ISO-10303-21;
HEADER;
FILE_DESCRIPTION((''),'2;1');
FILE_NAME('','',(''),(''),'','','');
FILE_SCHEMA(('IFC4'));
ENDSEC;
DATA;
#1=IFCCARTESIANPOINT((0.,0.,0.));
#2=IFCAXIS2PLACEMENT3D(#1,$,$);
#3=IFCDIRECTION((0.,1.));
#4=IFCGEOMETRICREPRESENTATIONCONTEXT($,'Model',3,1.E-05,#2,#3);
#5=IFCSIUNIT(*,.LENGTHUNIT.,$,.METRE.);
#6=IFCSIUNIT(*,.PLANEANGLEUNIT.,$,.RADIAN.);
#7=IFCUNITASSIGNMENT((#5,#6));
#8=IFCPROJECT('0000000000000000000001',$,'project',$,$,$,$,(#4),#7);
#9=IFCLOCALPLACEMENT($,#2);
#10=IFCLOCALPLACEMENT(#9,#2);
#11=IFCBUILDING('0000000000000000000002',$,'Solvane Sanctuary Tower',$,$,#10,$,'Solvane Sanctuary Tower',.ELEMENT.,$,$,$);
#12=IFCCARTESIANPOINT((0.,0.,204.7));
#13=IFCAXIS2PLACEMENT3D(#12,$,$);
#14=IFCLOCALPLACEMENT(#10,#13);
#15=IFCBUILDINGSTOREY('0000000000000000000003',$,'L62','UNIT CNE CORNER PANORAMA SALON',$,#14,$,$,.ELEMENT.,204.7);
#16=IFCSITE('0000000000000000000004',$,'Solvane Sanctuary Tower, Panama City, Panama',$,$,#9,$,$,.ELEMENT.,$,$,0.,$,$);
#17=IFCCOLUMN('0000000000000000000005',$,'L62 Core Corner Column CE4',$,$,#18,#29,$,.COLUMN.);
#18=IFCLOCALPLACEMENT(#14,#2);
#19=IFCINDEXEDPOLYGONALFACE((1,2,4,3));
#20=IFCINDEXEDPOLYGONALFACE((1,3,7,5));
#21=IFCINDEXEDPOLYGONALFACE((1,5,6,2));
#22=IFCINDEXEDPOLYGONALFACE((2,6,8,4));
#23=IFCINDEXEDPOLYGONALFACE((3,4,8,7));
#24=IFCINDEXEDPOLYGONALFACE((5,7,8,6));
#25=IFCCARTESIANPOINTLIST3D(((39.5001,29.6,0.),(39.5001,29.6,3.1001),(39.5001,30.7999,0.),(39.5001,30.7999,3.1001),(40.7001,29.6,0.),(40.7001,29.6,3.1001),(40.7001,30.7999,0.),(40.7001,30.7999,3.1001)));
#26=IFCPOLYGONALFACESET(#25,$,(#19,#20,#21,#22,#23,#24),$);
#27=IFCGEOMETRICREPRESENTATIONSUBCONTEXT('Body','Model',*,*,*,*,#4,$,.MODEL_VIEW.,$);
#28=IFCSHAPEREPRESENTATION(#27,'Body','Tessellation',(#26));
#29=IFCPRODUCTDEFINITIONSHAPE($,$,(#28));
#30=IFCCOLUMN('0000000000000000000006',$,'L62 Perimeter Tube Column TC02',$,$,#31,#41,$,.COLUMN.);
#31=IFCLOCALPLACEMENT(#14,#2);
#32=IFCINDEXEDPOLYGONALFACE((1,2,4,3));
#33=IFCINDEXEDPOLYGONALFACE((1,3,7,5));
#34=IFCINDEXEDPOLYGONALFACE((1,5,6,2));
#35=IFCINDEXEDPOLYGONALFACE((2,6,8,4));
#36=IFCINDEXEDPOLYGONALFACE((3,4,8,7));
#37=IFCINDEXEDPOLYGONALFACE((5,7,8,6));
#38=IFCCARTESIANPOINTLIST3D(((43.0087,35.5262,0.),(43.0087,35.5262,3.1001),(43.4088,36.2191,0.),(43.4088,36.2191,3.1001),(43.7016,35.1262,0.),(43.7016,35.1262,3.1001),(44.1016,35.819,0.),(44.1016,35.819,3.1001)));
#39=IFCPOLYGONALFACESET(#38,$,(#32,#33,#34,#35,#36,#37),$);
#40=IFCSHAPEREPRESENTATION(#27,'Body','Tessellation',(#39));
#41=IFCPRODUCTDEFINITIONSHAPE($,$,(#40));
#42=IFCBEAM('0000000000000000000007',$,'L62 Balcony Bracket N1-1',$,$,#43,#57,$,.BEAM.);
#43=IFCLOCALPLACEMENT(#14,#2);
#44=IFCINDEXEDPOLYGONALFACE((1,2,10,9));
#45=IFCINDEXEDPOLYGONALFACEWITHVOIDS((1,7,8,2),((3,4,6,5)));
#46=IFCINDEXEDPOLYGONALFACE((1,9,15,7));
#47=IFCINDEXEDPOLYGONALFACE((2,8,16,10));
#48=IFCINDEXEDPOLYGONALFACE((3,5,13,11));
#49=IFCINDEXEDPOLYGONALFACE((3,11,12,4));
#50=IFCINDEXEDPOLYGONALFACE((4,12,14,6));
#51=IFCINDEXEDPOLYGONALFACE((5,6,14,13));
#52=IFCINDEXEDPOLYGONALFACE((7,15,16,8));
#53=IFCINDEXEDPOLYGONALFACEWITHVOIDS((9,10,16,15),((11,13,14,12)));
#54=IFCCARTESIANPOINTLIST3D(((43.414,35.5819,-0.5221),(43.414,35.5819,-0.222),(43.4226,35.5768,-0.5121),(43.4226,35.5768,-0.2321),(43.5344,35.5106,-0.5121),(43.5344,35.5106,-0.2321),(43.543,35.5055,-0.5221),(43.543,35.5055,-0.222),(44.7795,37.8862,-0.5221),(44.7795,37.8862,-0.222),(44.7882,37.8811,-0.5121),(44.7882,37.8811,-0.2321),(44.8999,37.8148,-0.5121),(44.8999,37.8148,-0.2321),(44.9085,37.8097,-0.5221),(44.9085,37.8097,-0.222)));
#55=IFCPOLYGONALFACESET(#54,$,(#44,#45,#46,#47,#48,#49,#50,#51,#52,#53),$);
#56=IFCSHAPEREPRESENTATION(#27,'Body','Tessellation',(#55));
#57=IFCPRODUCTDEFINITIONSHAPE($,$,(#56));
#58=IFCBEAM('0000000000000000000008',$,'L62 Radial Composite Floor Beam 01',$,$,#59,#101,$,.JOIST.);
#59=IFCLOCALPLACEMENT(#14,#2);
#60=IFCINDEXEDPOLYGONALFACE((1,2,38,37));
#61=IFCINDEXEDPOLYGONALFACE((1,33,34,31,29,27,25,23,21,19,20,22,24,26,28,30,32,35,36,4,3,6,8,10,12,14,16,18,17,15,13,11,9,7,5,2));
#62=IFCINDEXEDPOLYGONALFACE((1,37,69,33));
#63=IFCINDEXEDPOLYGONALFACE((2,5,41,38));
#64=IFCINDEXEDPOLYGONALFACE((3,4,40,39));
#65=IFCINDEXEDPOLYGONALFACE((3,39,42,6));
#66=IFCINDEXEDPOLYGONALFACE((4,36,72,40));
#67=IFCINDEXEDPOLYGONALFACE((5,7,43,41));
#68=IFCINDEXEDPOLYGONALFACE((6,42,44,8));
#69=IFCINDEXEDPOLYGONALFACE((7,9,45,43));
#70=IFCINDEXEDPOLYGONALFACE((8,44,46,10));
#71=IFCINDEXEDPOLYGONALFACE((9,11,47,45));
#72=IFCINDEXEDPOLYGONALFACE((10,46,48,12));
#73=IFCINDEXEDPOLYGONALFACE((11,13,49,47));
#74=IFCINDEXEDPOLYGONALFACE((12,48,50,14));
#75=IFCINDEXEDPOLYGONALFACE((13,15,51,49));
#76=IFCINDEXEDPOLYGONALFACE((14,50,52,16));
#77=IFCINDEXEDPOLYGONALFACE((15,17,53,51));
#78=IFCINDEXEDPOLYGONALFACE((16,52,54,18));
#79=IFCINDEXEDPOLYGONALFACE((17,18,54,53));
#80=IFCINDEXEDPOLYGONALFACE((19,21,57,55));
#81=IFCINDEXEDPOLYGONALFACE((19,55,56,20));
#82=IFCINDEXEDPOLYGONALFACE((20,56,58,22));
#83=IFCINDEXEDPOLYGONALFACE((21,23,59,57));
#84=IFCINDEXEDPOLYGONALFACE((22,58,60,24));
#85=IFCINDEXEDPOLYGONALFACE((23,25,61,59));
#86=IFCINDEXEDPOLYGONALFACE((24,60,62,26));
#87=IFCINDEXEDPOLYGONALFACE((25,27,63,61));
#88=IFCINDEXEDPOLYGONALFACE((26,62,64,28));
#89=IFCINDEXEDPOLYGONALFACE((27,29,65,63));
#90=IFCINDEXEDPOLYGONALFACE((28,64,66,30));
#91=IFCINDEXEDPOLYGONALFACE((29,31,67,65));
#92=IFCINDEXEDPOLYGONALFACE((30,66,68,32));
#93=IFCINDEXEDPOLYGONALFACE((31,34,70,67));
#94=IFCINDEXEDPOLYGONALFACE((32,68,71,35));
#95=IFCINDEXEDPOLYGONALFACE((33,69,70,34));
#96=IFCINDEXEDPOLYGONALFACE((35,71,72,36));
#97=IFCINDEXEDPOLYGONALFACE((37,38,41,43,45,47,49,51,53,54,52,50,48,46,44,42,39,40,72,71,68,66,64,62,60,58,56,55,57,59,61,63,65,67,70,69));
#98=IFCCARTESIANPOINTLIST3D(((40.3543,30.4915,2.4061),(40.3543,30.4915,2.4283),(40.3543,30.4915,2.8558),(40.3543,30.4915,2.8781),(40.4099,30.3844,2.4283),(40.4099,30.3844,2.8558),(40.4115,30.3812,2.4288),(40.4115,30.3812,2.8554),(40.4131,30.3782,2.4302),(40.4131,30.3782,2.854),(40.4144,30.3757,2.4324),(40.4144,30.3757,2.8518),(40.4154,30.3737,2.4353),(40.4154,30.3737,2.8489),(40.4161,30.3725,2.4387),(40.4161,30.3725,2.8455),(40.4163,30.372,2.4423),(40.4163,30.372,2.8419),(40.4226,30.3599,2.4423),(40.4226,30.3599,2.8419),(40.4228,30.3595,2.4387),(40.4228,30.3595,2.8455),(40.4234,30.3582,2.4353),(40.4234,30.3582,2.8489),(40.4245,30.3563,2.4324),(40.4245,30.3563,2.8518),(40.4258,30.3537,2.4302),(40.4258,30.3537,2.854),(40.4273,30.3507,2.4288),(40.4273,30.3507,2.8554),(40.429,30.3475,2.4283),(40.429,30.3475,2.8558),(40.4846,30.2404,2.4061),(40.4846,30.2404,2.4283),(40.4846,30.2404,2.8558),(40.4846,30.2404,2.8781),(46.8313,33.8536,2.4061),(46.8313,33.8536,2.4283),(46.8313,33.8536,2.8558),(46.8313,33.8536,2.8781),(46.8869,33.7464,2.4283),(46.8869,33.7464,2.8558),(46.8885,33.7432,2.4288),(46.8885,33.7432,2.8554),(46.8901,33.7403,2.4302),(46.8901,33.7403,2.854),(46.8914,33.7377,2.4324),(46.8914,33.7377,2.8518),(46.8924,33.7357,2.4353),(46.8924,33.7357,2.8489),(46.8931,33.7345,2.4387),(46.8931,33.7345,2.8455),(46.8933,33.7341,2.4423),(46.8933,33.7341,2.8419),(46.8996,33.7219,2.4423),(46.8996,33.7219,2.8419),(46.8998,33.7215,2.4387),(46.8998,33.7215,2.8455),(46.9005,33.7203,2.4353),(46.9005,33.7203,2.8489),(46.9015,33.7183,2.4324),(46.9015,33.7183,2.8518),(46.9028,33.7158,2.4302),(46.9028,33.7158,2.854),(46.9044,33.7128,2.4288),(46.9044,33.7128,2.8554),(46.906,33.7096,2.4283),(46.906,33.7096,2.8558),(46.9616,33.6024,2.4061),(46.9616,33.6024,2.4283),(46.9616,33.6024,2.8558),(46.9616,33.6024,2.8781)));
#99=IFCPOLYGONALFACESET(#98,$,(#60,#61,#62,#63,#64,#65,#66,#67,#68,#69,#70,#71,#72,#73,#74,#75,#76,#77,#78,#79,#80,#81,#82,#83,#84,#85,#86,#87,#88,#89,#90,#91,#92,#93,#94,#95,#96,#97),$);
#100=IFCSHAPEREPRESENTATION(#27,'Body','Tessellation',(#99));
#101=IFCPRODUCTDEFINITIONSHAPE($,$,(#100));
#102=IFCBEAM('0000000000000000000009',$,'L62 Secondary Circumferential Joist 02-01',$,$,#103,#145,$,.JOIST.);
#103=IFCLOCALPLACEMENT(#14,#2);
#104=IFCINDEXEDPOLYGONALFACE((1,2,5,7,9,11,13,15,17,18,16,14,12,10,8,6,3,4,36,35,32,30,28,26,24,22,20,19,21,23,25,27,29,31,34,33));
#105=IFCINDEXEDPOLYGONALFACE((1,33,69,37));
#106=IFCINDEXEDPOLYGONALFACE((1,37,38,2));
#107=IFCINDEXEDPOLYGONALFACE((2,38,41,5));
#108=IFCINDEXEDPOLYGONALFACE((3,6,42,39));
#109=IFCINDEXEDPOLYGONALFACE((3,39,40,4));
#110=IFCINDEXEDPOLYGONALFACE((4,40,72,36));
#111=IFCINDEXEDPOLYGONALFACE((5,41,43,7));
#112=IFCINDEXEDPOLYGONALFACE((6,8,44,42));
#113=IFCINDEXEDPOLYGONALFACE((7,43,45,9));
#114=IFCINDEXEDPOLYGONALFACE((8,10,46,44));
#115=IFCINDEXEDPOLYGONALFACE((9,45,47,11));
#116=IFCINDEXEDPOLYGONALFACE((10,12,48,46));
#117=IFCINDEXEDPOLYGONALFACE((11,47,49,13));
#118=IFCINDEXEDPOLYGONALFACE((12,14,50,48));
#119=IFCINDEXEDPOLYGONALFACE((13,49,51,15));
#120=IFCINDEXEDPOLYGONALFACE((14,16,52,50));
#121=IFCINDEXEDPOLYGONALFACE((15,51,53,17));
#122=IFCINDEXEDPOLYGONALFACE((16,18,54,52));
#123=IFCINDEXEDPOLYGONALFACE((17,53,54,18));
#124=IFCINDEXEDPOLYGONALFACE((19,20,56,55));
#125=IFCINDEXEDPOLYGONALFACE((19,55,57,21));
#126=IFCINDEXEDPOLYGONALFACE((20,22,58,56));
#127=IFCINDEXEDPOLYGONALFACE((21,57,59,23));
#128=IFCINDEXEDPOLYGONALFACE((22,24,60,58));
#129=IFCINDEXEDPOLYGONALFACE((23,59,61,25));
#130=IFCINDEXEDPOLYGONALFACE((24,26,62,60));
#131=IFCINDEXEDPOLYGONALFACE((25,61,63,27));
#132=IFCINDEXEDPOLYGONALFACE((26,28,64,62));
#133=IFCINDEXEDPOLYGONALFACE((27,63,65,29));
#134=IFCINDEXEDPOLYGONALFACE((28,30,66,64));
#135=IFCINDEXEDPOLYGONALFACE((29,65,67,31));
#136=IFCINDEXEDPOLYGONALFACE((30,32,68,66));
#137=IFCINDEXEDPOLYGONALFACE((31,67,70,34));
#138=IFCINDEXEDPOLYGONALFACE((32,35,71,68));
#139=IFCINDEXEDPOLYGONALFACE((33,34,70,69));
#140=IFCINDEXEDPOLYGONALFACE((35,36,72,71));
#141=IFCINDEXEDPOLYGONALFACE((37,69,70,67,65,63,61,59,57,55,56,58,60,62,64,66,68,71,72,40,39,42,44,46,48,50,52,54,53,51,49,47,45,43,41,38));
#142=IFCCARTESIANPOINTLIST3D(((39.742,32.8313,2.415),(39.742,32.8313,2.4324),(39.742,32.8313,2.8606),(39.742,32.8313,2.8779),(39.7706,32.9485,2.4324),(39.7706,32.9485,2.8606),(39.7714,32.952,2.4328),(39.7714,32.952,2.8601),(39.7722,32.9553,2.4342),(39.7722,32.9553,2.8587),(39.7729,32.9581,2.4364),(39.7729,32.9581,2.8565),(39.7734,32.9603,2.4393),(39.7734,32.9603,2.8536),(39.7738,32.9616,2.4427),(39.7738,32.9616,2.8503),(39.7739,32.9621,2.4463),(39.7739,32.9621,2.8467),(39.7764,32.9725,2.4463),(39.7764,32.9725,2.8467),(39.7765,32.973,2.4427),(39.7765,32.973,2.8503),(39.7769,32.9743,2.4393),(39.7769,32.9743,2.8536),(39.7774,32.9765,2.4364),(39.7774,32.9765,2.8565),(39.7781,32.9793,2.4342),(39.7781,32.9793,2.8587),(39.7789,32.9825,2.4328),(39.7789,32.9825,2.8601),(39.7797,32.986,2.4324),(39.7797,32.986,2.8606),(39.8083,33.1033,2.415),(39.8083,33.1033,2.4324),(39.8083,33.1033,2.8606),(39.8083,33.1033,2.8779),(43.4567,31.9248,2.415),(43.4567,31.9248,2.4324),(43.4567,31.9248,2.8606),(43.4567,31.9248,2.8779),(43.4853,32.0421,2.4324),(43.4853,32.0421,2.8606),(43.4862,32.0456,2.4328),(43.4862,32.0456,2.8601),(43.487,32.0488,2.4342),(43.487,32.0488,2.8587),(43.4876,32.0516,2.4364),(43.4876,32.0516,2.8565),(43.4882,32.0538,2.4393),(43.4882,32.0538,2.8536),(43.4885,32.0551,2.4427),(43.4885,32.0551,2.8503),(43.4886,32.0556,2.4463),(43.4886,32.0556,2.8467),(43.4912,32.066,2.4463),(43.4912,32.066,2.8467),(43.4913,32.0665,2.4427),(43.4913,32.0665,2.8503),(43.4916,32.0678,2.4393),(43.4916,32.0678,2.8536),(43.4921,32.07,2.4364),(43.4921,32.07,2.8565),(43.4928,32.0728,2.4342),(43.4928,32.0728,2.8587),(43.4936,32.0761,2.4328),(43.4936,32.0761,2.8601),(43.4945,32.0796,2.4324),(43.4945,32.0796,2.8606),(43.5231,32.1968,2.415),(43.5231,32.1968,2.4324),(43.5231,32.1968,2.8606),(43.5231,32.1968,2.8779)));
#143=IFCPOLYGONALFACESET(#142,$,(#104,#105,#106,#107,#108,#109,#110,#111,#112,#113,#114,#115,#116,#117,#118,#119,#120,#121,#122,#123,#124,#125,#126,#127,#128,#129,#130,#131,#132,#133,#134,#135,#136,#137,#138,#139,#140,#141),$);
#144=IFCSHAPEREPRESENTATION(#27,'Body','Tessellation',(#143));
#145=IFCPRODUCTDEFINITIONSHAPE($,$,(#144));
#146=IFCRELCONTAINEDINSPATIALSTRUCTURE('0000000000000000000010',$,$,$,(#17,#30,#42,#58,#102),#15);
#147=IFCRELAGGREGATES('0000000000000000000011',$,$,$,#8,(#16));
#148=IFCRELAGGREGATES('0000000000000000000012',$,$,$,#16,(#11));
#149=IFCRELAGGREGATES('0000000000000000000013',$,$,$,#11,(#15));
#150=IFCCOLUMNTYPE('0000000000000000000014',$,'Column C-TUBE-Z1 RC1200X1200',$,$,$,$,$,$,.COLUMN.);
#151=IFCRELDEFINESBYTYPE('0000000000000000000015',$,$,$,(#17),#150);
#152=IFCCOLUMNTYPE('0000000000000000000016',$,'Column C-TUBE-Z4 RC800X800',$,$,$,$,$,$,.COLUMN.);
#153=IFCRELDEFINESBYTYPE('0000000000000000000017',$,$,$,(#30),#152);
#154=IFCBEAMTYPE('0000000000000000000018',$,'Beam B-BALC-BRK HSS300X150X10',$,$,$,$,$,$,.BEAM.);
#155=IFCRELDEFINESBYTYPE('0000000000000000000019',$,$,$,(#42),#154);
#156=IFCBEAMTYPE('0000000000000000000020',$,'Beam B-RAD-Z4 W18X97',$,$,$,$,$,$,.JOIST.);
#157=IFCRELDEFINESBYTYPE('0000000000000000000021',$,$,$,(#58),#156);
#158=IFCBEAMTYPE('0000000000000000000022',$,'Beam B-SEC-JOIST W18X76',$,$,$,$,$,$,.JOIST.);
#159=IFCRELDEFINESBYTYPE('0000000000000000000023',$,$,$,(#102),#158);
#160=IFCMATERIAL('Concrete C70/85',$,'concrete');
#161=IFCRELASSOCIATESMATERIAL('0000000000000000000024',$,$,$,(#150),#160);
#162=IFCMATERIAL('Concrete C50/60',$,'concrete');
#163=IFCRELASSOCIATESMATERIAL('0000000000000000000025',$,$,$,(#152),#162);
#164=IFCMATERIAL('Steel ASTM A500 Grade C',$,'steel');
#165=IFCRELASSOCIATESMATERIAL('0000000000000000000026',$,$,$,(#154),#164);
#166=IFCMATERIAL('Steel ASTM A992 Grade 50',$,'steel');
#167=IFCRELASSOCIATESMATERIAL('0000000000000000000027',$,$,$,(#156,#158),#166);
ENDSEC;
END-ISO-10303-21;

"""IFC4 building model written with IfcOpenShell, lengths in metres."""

from ifc_helpers import new_model, si_unit, direction, frame, origin, origin_2d, place, context, subcontext, project, spatial, rectangle, hollow_rectangle, i_section, extrude, material, material_profile, profile_set, type_object, element, save


model = new_model("IFC4")

# Units and contexts
model_context = context("Model", 3, precision=1e-05, world=origin(), true_north=direction((0.0, 1.0)))
body_context = subcontext(model_context, "Body", "Model", "MODEL_VIEW")
ifc_project = project(units=[si_unit("LENGTHUNIT", "METRE"), si_unit("PLANEANGLEUNIT", "RADIAN")], contexts=[model_context])

# Site, building, storey
site_placement = place(None, origin())
site = spatial("IfcSite", under=ifc_project, at=site_placement, Name="Solvane Sanctuary Tower, Panama City, Panama", CompositionType="ELEMENT", RefElevation=0.0)
building_placement = place(site_placement, origin())
building = spatial("IfcBuilding", under=site, at=building_placement, Name="Solvane Sanctuary Tower", LongName="Solvane Sanctuary Tower", CompositionType="ELEMENT")
storey_placement = place(building_placement, frame((0.0, 0.0, 204.7)))
storey = spatial("IfcBuildingStorey", under=building, at=storey_placement, Name="L62", Description="UNIT CNE CORNER PANORAMA SALON", CompositionType="ELEMENT", Elevation=204.7)

# Columns
ifc_material_1 = material(Name="Concrete C70/85", Category="concrete")
ifc_material_profile_1 = material_profile(ifc_material_1, rectangle(XDim=1.2, YDim=1.2, at=origin_2d()), Name="RC1200X1200")
ifc_profile_set_1 = profile_set([ifc_material_profile_1], Name="Concrete C70/85")
column_type_1 = type_object("IfcColumnType", Name="Column C-TUBE-Z1 RC1200X1200", PredefinedType="COLUMN", material=ifc_profile_set_1)
column_1_placement = place(storey_placement, frame((40.1001, 30.2, 0.0), z_axis=(0.0, 0.0, 1.0), x_axis=(1.0, 0.0, 0.0)))
element("IfcColumn", 1, at=column_1_placement, inside=storey, type_object=column_type_1, Name="L62 Core Corner Column CE4", PredefinedType="COLUMN", context=body_context, shape_type="SweptSolid", body=[
    extrude(rectangle(XDim=1.2, YDim=1.2, at=origin_2d()), origin(), (0.0, 0.0, 1.0), 3.1001),
])
ifc_material_2 = material(Name="Concrete C50/60", Category="concrete")
ifc_material_profile_2 = material_profile(ifc_material_2, rectangle(XDim=0.8, YDim=0.8, at=origin_2d()), Name="RC800X800")
ifc_profile_set_2 = profile_set([ifc_material_profile_2], Name="Concrete C50/60")
column_type_2 = type_object("IfcColumnType", Name="Column C-TUBE-Z4 RC800X800", PredefinedType="COLUMN", material=ifc_profile_set_2)
column_2_placement = place(storey_placement, frame((43.5552, 35.6726, 0.0), z_axis=(0.0, 0.0, 1.0), x_axis=(0.5, 0.866025, 0.0)))
element("IfcColumn", 2, at=column_2_placement, inside=storey, type_object=column_type_2, Name="L62 Perimeter Tube Column TC02", PredefinedType="COLUMN", context=body_context, shape_type="SweptSolid", body=[
    extrude(rectangle(XDim=0.8, YDim=0.8, at=origin_2d()), origin(), (0.0, 0.0, 1.0), 3.1001),
])

# Beams
ifc_material_3 = material(Name="Steel ASTM A500 Grade C", Category="steel")
ifc_material_profile_3 = material_profile(ifc_material_3, hollow_rectangle(XDim=0.1499, YDim=0.3, WallThickness=0.01, at=origin_2d()), Name="HSS300X150X10")
ifc_profile_set_3 = profile_set([ifc_material_profile_3], Name="Steel ASTM A500 Grade C")
beam_type_1 = type_object("IfcBeamType", Name="Beam B-BALC-BRK HSS300X150X10", PredefinedType="BEAM", material=ifc_profile_set_3)
beam_1_placement = place(storey_placement, frame((43.4785, 35.5437, -0.3721), z_axis=(0.50981, 0.860287, 0.0), x_axis=(-0.860287, 0.50981, 0.0)))
element("IfcBeam", 3, at=beam_1_placement, inside=storey, type_object=beam_type_1, Name="L62 Balcony Bracket N1-1", PredefinedType="BEAM", context=body_context, shape_type="SweptSolid", body=[
    extrude(hollow_rectangle(XDim=0.1499, YDim=0.3, WallThickness=0.01, at=origin_2d()), origin(), (0.0, 0.0, 1.0), 2.6785),
])
ifc_material_4 = material(Name="Steel ASTM A992 Grade 50", Category="steel")
ifc_material_profile_4 = material_profile(ifc_material_4, i_section(OverallWidth=0.283, OverallDepth=0.4719, WebThickness=0.0137, FlangeThickness=0.0222, FilletRadius=0.0139, at=origin_2d()), Name="W18X97")
ifc_profile_set_4 = profile_set([ifc_material_profile_4], Name="Steel ASTM A992 Grade 50")
beam_type_2 = type_object("IfcBeamType", Name="Beam B-RAD-Z4 W18X97", PredefinedType="JOIST", material=ifc_profile_set_4)
beam_2_placement = place(storey_placement, frame((40.4194, 30.366, 2.6421), z_axis=(0.887553, 0.460705, 0.0), x_axis=(-0.460705, 0.887553, 0.0)))
element("IfcBeam", 4, at=beam_2_placement, inside=storey, type_object=beam_type_2, Name="L62 Radial Composite Floor Beam 01", PredefinedType="JOIST", context=body_context, shape_type="SweptSolid", body=[
    extrude(i_section(OverallWidth=0.283, OverallDepth=0.4719, WebThickness=0.0137, FlangeThickness=0.0222, FilletRadius=0.0139, at=origin_2d()), origin(), (0.0, 0.0, 1.0), 7.2976),
])
ifc_material_profile_5 = material_profile(ifc_material_4, i_section(OverallWidth=0.28, OverallDepth=0.4629, WebThickness=0.0107, FlangeThickness=0.0173, FilletRadius=0.0139, at=origin_2d()), Name="W18X76")
ifc_profile_set_5 = profile_set([ifc_material_profile_5], Name="Steel ASTM A992 Grade 50")
beam_type_3 = type_object("IfcBeamType", Name="Beam B-SEC-JOIST W18X76", PredefinedType="JOIST", material=ifc_profile_set_5)
beam_3_placement = place(storey_placement, frame((39.7751, 32.9673, 2.6465), z_axis=(0.971494, -0.237063, 0.0), x_axis=(0.237063, 0.971494, 0.0)))
element("IfcBeam", 5, at=beam_3_placement, inside=storey, type_object=beam_type_3, Name="L62 Secondary Circumferential Joist 02-01", PredefinedType="JOIST", context=body_context, shape_type="SweptSolid", body=[
    extrude(i_section(OverallWidth=0.28, OverallDepth=0.4629, WebThickness=0.0107, FlangeThickness=0.0173, FilletRadius=0.0139, at=origin_2d()), origin(), (0.0, 0.0, 1.0), 3.8237),
])

save(model, "model.ifc")
